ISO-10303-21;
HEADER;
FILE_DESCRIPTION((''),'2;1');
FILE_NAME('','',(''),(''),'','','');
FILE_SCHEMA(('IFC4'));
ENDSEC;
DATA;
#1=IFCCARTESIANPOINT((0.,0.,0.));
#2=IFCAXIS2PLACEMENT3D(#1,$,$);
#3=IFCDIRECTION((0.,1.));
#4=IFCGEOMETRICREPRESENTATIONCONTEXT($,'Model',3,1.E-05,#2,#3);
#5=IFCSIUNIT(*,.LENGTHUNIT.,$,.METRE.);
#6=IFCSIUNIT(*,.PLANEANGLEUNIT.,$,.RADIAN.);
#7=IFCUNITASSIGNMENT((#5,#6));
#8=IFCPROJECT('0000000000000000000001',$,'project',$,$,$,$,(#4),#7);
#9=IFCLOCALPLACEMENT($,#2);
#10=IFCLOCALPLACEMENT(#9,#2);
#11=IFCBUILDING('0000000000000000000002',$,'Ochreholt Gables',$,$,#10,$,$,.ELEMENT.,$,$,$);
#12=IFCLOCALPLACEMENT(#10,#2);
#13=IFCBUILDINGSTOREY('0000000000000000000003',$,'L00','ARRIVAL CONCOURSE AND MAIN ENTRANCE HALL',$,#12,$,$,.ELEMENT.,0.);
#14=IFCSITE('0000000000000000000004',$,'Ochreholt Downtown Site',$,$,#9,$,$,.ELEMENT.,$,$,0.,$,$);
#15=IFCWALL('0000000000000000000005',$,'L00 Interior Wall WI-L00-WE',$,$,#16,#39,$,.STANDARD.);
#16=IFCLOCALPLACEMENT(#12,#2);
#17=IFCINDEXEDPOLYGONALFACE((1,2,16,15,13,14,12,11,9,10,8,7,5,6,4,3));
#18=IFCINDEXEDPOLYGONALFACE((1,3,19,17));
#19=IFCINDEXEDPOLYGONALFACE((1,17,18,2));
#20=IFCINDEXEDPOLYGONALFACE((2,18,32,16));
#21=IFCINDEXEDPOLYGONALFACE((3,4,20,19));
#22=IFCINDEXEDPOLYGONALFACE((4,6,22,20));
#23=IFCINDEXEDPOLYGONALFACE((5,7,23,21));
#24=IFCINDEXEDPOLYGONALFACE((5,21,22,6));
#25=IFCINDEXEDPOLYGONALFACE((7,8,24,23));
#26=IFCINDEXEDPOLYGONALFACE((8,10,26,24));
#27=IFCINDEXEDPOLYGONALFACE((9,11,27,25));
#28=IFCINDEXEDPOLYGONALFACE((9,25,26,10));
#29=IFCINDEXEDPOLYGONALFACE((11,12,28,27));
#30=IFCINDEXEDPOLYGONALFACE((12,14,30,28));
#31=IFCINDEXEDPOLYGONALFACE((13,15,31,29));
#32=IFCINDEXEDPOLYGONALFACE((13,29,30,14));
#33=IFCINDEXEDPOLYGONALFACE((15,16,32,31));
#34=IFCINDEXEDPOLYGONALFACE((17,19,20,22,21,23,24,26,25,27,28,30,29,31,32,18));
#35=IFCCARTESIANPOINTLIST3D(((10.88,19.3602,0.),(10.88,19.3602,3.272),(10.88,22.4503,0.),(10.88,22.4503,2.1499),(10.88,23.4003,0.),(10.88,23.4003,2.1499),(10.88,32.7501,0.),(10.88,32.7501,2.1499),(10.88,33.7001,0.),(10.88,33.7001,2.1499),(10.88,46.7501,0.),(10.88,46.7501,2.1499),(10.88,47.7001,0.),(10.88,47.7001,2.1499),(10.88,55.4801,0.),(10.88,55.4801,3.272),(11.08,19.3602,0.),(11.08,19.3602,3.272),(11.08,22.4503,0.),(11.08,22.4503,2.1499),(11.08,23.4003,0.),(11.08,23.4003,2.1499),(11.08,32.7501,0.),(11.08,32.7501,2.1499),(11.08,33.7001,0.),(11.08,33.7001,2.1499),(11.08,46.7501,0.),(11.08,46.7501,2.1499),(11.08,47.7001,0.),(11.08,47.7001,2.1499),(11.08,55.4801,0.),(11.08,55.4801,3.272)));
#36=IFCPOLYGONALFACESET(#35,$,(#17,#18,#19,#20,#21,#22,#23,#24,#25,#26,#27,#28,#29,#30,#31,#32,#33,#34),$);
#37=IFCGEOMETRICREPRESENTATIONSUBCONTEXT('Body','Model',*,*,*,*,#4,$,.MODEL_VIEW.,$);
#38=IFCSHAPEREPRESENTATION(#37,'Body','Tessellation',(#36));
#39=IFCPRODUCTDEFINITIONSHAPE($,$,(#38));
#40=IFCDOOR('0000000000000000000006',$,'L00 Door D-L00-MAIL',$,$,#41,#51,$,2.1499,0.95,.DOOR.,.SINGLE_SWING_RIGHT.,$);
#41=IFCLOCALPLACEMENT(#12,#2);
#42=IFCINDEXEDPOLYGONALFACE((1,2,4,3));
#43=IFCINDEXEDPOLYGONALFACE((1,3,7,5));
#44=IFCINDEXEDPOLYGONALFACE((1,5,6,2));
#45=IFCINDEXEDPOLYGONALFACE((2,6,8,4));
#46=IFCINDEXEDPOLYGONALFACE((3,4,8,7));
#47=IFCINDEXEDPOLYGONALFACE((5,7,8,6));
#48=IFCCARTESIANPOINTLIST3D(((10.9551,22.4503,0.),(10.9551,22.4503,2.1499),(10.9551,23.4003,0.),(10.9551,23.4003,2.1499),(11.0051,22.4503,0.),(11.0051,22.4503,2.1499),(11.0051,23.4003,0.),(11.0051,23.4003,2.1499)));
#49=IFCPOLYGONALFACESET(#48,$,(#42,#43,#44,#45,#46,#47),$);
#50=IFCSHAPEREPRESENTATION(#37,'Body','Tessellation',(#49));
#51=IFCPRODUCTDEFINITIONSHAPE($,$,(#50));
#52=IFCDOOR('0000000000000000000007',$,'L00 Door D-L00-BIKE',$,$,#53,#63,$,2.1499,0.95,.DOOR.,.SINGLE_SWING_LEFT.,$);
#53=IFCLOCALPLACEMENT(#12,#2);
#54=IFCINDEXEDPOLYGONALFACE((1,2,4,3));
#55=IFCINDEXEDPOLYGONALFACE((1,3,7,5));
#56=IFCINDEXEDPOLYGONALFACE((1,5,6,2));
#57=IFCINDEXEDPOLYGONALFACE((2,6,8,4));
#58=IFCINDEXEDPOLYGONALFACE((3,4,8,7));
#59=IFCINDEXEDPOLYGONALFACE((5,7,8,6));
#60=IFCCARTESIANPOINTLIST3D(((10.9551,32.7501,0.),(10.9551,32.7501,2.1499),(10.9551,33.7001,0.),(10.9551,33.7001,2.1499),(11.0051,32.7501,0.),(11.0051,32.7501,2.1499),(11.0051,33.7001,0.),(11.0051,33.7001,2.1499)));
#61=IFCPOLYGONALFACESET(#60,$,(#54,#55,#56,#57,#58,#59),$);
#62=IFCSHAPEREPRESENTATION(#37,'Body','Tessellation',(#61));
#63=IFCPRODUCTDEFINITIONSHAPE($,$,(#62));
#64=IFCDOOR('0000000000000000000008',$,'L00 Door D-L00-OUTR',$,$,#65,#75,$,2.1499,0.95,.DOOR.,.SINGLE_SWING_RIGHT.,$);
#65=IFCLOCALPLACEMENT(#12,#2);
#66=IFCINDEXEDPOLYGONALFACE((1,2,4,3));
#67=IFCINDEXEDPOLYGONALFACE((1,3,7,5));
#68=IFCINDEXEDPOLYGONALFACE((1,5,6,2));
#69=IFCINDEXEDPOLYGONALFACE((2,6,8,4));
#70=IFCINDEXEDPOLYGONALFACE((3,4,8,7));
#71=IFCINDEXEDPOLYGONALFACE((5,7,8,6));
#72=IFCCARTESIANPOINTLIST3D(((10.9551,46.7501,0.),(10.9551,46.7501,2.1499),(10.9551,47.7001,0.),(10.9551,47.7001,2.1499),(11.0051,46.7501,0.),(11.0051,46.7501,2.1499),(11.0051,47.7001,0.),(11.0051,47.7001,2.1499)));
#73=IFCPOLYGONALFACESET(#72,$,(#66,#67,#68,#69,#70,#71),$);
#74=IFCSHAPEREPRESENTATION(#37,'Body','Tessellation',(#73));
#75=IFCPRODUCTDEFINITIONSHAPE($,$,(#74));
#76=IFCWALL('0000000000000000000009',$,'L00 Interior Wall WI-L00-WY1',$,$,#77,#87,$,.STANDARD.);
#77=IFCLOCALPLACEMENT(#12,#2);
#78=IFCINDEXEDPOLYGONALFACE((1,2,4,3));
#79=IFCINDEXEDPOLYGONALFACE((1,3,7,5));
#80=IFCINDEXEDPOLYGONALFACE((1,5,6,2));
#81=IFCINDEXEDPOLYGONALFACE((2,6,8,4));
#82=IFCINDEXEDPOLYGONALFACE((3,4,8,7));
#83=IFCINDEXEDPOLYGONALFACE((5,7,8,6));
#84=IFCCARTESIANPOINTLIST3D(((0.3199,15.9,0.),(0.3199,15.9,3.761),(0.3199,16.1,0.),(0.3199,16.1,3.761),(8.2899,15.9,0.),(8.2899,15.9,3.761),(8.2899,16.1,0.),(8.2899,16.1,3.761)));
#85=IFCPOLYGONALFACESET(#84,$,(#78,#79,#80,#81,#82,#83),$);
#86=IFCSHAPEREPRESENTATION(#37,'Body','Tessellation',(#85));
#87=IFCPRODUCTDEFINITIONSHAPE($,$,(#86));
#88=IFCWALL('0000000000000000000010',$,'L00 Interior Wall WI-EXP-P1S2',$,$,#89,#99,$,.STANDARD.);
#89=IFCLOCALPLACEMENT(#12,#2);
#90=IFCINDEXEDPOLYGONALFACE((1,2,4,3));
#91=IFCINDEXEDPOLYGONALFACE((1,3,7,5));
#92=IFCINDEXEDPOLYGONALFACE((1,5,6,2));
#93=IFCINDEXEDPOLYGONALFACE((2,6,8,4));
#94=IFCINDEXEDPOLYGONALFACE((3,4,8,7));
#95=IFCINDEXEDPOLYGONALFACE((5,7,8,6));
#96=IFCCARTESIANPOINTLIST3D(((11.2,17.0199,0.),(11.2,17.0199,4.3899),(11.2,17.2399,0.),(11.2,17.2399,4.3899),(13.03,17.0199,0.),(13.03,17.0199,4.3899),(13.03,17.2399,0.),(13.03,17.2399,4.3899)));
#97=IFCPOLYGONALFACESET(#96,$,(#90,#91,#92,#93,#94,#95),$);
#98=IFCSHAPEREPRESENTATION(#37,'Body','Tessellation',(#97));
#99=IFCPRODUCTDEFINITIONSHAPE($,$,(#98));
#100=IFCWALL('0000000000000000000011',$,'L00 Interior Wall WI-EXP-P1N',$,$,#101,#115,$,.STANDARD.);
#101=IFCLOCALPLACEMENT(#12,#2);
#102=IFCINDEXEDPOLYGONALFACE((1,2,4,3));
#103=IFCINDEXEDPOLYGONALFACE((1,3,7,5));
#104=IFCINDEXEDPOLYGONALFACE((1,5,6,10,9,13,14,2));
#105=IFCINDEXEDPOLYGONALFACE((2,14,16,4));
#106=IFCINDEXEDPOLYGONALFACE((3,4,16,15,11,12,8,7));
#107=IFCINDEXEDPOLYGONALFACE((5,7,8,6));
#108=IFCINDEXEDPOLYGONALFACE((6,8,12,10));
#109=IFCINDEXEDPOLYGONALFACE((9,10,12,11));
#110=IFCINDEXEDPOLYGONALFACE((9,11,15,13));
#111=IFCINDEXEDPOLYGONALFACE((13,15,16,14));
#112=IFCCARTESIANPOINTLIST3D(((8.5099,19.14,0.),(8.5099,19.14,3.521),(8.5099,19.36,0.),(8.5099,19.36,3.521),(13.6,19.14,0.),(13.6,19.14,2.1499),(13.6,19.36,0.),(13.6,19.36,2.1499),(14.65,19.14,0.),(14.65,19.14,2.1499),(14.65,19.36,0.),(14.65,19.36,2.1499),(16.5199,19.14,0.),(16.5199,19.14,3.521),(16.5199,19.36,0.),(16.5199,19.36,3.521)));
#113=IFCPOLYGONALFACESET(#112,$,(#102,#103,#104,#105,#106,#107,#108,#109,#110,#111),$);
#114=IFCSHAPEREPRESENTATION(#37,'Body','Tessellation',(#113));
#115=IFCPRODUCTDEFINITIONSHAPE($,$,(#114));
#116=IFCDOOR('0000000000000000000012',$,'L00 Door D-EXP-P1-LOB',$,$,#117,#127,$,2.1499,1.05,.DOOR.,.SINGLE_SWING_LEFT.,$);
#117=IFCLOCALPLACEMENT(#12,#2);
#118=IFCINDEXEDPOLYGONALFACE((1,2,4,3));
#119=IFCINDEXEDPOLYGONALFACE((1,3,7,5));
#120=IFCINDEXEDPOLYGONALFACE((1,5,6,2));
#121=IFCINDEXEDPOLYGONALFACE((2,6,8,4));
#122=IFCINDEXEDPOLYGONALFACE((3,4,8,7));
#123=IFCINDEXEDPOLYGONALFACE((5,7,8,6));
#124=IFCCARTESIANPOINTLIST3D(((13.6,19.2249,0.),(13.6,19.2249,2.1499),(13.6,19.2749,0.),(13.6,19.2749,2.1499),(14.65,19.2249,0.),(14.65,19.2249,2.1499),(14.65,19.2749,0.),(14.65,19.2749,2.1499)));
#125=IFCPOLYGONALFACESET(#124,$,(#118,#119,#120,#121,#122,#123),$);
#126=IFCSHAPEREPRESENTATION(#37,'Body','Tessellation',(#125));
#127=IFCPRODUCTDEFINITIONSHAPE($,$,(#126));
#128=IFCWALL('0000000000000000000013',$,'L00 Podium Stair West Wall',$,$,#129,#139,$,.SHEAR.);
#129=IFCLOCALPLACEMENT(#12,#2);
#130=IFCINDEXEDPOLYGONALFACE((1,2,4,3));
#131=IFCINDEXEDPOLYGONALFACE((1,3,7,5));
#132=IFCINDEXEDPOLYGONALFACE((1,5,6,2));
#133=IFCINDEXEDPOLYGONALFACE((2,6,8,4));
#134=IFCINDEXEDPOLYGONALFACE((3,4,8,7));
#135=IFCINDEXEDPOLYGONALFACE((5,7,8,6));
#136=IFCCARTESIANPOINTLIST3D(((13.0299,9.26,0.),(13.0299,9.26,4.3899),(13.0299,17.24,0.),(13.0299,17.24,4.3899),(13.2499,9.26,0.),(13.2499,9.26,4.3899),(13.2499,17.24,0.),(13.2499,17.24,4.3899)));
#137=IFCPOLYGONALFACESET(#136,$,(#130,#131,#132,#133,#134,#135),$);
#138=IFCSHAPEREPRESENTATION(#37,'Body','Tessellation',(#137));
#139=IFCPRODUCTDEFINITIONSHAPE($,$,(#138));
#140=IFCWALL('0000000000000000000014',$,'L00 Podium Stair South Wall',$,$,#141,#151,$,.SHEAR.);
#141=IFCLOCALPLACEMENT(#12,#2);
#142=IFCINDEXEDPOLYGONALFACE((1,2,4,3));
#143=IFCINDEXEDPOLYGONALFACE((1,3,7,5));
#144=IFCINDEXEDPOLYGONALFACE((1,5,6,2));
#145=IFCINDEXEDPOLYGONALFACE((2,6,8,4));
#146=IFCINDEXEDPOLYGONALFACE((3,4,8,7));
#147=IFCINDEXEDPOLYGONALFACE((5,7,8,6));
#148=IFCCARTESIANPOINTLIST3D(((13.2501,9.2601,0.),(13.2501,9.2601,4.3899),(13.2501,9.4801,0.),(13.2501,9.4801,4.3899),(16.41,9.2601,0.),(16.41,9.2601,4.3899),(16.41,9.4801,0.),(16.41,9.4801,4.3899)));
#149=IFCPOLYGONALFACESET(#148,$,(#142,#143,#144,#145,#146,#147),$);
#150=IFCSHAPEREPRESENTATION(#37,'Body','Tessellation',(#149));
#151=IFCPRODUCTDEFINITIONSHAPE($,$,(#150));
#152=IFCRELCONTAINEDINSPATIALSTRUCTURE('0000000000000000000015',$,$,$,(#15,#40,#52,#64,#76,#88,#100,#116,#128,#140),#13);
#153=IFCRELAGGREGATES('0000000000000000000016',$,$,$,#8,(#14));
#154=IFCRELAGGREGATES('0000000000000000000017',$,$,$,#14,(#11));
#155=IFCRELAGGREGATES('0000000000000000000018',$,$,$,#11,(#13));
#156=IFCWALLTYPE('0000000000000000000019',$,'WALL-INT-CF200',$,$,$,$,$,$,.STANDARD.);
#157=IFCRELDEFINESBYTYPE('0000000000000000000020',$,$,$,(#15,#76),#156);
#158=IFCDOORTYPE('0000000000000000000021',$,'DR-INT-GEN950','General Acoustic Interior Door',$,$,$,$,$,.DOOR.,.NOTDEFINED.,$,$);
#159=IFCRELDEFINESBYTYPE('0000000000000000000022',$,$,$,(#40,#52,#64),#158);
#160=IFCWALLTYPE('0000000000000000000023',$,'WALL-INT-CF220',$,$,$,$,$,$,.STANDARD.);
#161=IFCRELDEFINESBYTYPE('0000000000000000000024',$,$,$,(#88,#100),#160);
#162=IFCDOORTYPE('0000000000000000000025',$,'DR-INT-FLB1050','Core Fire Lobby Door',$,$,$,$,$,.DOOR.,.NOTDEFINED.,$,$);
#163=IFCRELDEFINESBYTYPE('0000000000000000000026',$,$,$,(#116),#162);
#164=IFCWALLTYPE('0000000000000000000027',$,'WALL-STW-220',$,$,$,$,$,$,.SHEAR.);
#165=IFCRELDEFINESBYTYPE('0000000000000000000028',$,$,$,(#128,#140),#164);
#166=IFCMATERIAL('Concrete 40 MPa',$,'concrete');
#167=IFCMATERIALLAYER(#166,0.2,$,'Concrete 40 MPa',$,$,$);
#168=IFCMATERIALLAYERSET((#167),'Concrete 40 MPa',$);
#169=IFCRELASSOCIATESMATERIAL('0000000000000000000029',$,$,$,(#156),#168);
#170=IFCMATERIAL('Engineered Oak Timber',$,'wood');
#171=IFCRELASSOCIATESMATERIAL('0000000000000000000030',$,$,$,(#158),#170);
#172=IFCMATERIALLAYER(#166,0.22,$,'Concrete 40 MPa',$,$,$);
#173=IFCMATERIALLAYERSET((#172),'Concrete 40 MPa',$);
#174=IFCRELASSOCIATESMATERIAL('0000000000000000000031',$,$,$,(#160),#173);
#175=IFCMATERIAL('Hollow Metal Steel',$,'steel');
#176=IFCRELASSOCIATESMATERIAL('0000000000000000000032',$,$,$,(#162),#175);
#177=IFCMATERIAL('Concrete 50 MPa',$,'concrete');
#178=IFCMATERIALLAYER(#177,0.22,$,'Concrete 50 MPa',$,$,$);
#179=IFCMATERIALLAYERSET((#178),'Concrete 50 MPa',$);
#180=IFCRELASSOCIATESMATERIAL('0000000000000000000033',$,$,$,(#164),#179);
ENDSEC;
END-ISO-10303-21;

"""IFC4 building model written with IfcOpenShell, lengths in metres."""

from ifc_helpers import new_model, si_unit, direction, frame, frame_2d, origin, place, context, subcontext, project, spatial, rectangle, extrude, material, layer, layer_set, type_object, element, fill, save


model = new_model("IFC4")

# Units and contexts
model_context = context("Model", 3, precision=1e-05, world=origin(), true_north=direction((0.0, 1.0)))
body_context = subcontext(model_context, "Body", "Model", "MODEL_VIEW")
ifc_project = project(units=[si_unit("LENGTHUNIT", "METRE"), si_unit("PLANEANGLEUNIT", "RADIAN")], contexts=[model_context])

# Site, building, storey
site_placement = place(None, origin())
site = spatial("IfcSite", under=ifc_project, at=site_placement, Name="Ochreholt Downtown Site", CompositionType="ELEMENT", RefElevation=0.0)
building_placement = place(site_placement, origin())
building = spatial("IfcBuilding", under=site, at=building_placement, Name="Ochreholt Gables", CompositionType="ELEMENT")
storey_placement = place(building_placement, origin())
storey = spatial("IfcBuildingStorey", under=building, at=storey_placement, Name="L00", Description="ARRIVAL CONCOURSE AND MAIN ENTRANCE HALL", CompositionType="ELEMENT", Elevation=0.0)

# Wall, openings, doors
ifc_material_1 = material(Name="Concrete 40 MPa", Category="concrete")
ifc_layer_1 = layer(ifc_material_1, 0.2, Name="Concrete 40 MPa")
ifc_layer_set_1 = layer_set([ifc_layer_1], Name="Concrete 40 MPa")
wall_type_1 = type_object("IfcWallType", Name="WALL-INT-CF200", PredefinedType="STANDARD", material=ifc_layer_set_1)
wall_1_placement = place(storey_placement, frame((10.98, 19.3601, 0.0), z_axis=(0.0, 0.0, 1.0), x_axis=(0.0, 1.0, 0.0)))
wall_1 = element("IfcWall", 1, at=wall_1_placement, inside=storey, type_object=wall_type_1, Name="L00 Interior Wall WI-L00-WE", PredefinedType="STANDARD", context=body_context, shape_type="SweptSolid", body=[
    extrude(rectangle(XDim=36.1199, YDim=0.2, at=frame_2d((18.0601, 0.0))), origin(), (0.0, 0.0, 1.0), 3.272),
])
opening_1_placement = place(wall_1_placement, frame((3.0901, 0.0, 0.0)))
opening_1 = element("IfcOpeningElement", 2, at=opening_1_placement, cuts=wall_1, PredefinedType="OPENING", context=body_context, shape_type="SweptSolid", body=[
    extrude(rectangle(XDim=0.95, YDim=2.1499, at=frame_2d((0.4751, 1.075))), frame((0.0, 0.1099, 0.0), z_axis=(0.0, -1.0, 0.0), x_axis=(1.0, 0.0, 0.0)), (0.0, 0.0, 1.0), 0.22),
])
opening_2_placement = place(wall_1_placement, frame((13.3899, 0.0, 0.0)))
opening_2 = element("IfcOpeningElement", 3, at=opening_2_placement, cuts=wall_1, PredefinedType="OPENING", context=body_context, shape_type="SweptSolid", body=[
    extrude(rectangle(XDim=0.95, YDim=2.1499, at=frame_2d((0.4751, 1.075))), frame((0.0, 0.1099, 0.0), z_axis=(0.0, -1.0, 0.0), x_axis=(1.0, 0.0, 0.0)), (0.0, 0.0, 1.0), 0.22),
])
opening_3_placement = place(wall_1_placement, frame((27.3899, 0.0, 0.0)))
opening_3 = element("IfcOpeningElement", 4, at=opening_3_placement, cuts=wall_1, PredefinedType="OPENING", context=body_context, shape_type="SweptSolid", body=[
    extrude(rectangle(XDim=0.95, YDim=2.1499, at=frame_2d((0.4751, 1.075))), frame((0.0, 0.1099, 0.0), z_axis=(0.0, -1.0, 0.0), x_axis=(1.0, 0.0, 0.0)), (0.0, 0.0, 1.0), 0.22),
])
ifc_material_2 = material(Name="Engineered Oak Timber", Category="wood")
door_type_1 = type_object("IfcDoorType", Name="DR-INT-GEN950", Description="General Acoustic Interior Door", OperationType="NOTDEFINED", PredefinedType="DOOR", material=ifc_material_2)
door_1_placement = place(opening_1_placement, origin())
door_1 = element("IfcDoor", 5, at=door_1_placement, inside=storey, type_object=door_type_1, Name="L00 Door D-L00-MAIL", OperationType="SINGLE_SWING_RIGHT", OverallHeight=2.1499, OverallWidth=0.95, PredefinedType="DOOR", context=body_context, shape_type="SweptSolid", body=[
    extrude(rectangle(XDim=0.95, YDim=2.1499, at=frame_2d((0.4751, 1.075))), frame((0.0, 0.0249, 0.0), z_axis=(0.0, -1.0, 0.0), x_axis=(1.0, 0.0, 0.0)), (0.0, 0.0, 1.0), 0.05),
])
fill(opening_1, door_1)
door_2_placement = place(opening_2_placement, origin())
door_2 = element("IfcDoor", 6, at=door_2_placement, inside=storey, type_object=door_type_1, Name="L00 Door D-L00-BIKE", OperationType="SINGLE_SWING_LEFT", OverallHeight=2.1499, OverallWidth=0.95, PredefinedType="DOOR", context=body_context, shape_type="SweptSolid", body=[
    extrude(rectangle(XDim=0.95, YDim=2.1499, at=frame_2d((0.4751, 1.075))), frame((0.0, 0.0249, 0.0), z_axis=(0.0, -1.0, 0.0), x_axis=(1.0, 0.0, 0.0)), (0.0, 0.0, 1.0), 0.05),
])
fill(opening_2, door_2)
door_3_placement = place(opening_3_placement, origin())
door_3 = element("IfcDoor", 7, at=door_3_placement, inside=storey, type_object=door_type_1, Name="L00 Door D-L00-OUTR", OperationType="SINGLE_SWING_RIGHT", OverallHeight=2.1499, OverallWidth=0.95, PredefinedType="DOOR", context=body_context, shape_type="SweptSolid", body=[
    extrude(rectangle(XDim=0.95, YDim=2.1499, at=frame_2d((0.4751, 1.075))), frame((0.0, 0.0249, 0.0), z_axis=(0.0, -1.0, 0.0), x_axis=(1.0, 0.0, 0.0)), (0.0, 0.0, 1.0), 0.05),
])
fill(opening_3, door_3)

# Walls
wall_2_placement = place(storey_placement, frame((0.3201, 16.0, 0.0), z_axis=(0.0, 0.0, 1.0), x_axis=(1.0, 0.0, 0.0)))
element("IfcWall", 8, at=wall_2_placement, inside=storey, type_object=wall_type_1, Name="L00 Interior Wall WI-L00-WY1", PredefinedType="STANDARD", context=body_context, shape_type="SweptSolid", body=[
    extrude(rectangle(XDim=7.97, YDim=0.2, at=frame_2d((3.9849, 0.0))), origin(), (0.0, 0.0, 1.0), 3.761),
])
ifc_layer_2 = layer(ifc_material_1, 0.22, Name="Concrete 40 MPa")
ifc_layer_set_2 = layer_set([ifc_layer_2], Name="Concrete 40 MPa")
wall_type_2 = type_object("IfcWallType", Name="WALL-INT-CF220", PredefinedType="STANDARD", material=ifc_layer_set_2)
wall_3_placement = place(storey_placement, frame((11.2, 17.1299, 0.0), z_axis=(0.0, 0.0, 1.0), x_axis=(1.0, 0.0, 0.0)))
element("IfcWall", 9, at=wall_3_placement, inside=storey, type_object=wall_type_2, Name="L00 Interior Wall WI-EXP-P1S2", PredefinedType="STANDARD", context=body_context, shape_type="SweptSolid", body=[
    extrude(rectangle(XDim=1.8301, YDim=0.22, at=frame_2d((0.915, 0.0))), origin(), (0.0, 0.0, 1.0), 4.3899),
])

# Wall, opening, door
wall_4_placement = place(storey_placement, frame((8.51, 19.25, 0.0), z_axis=(0.0, 0.0, 1.0), x_axis=(1.0, 0.0, 0.0)))
wall_4 = element("IfcWall", 10, at=wall_4_placement, inside=storey, type_object=wall_type_2, Name="L00 Interior Wall WI-EXP-P1N", PredefinedType="STANDARD", context=body_context, shape_type="SweptSolid", body=[
    extrude(rectangle(XDim=8.01, YDim=0.22, at=frame_2d((4.0049, 0.0))), origin(), (0.0, 0.0, 1.0), 3.521),
])
opening_4_placement = place(wall_4_placement, frame((5.0901, 0.0, 0.0)))
opening_4 = element("IfcOpeningElement", 11, at=opening_4_placement, cuts=wall_4, PredefinedType="OPENING", context=body_context, shape_type="SweptSolid", body=[
    extrude(rectangle(XDim=1.05, YDim=2.1499, at=frame_2d((0.5249, 1.075))), frame((0.0, 0.1199, 0.0), z_axis=(0.0, -1.0, 0.0), x_axis=(1.0, 0.0, 0.0)), (0.0, 0.0, 1.0), 0.24),
])
ifc_material_3 = material(Name="Hollow Metal Steel", Category="steel")
door_type_2 = type_object("IfcDoorType", Name="DR-INT-FLB1050", Description="Core Fire Lobby Door", OperationType="NOTDEFINED", PredefinedType="DOOR", material=ifc_material_3)
door_4_placement = place(opening_4_placement, origin())
door_4 = element("IfcDoor", 12, at=door_4_placement, inside=storey, type_object=door_type_2, Name="L00 Door D-EXP-P1-LOB", OperationType="SINGLE_SWING_LEFT", OverallHeight=2.1499, OverallWidth=1.05, PredefinedType="DOOR", context=body_context, shape_type="SweptSolid", body=[
    extrude(rectangle(XDim=1.05, YDim=2.1499, at=frame_2d((0.5249, 1.075))), frame((0.0, 0.0249, 0.0), z_axis=(0.0, -1.0, 0.0), x_axis=(1.0, 0.0, 0.0)), (0.0, 0.0, 1.0), 0.05),
])
fill(opening_4, door_4)

# Walls
ifc_material_4 = material(Name="Concrete 50 MPa", Category="concrete")
ifc_layer_3 = layer(ifc_material_4, 0.22, Name="Concrete 50 MPa")
ifc_layer_set_3 = layer_set([ifc_layer_3], Name="Concrete 50 MPa")
wall_type_3 = type_object("IfcWallType", Name="WALL-STW-220", PredefinedType="SHEAR", material=ifc_layer_set_3)
wall_5_placement = place(storey_placement, frame((13.1399, 9.26, 0.0), z_axis=(0.0, 0.0, 1.0), x_axis=(0.0, 1.0, 0.0)))
element("IfcWall", 13, at=wall_5_placement, inside=storey, type_object=wall_type_3, Name="L00 Podium Stair West Wall", PredefinedType="SHEAR", context=body_context, shape_type="SweptSolid", body=[
    extrude(rectangle(XDim=7.98, YDim=0.22, at=frame_2d((3.99, 0.0))), origin(), (0.0, 0.0, 1.0), 4.3899),
])
wall_6_placement = place(storey_placement, frame((13.25, 9.3701, 0.0), z_axis=(0.0, 0.0, 1.0), x_axis=(1.0, 0.0, 0.0)))
element("IfcWall", 14, at=wall_6_placement, inside=storey, type_object=wall_type_3, Name="L00 Podium Stair South Wall", PredefinedType="SHEAR", context=body_context, shape_type="SweptSolid", body=[
    extrude(rectangle(XDim=3.1599, YDim=0.22, at=frame_2d((1.5801, 0.0))), origin(), (0.0, 0.0, 1.0), 4.3899),
])

save(model, "model.ifc")
